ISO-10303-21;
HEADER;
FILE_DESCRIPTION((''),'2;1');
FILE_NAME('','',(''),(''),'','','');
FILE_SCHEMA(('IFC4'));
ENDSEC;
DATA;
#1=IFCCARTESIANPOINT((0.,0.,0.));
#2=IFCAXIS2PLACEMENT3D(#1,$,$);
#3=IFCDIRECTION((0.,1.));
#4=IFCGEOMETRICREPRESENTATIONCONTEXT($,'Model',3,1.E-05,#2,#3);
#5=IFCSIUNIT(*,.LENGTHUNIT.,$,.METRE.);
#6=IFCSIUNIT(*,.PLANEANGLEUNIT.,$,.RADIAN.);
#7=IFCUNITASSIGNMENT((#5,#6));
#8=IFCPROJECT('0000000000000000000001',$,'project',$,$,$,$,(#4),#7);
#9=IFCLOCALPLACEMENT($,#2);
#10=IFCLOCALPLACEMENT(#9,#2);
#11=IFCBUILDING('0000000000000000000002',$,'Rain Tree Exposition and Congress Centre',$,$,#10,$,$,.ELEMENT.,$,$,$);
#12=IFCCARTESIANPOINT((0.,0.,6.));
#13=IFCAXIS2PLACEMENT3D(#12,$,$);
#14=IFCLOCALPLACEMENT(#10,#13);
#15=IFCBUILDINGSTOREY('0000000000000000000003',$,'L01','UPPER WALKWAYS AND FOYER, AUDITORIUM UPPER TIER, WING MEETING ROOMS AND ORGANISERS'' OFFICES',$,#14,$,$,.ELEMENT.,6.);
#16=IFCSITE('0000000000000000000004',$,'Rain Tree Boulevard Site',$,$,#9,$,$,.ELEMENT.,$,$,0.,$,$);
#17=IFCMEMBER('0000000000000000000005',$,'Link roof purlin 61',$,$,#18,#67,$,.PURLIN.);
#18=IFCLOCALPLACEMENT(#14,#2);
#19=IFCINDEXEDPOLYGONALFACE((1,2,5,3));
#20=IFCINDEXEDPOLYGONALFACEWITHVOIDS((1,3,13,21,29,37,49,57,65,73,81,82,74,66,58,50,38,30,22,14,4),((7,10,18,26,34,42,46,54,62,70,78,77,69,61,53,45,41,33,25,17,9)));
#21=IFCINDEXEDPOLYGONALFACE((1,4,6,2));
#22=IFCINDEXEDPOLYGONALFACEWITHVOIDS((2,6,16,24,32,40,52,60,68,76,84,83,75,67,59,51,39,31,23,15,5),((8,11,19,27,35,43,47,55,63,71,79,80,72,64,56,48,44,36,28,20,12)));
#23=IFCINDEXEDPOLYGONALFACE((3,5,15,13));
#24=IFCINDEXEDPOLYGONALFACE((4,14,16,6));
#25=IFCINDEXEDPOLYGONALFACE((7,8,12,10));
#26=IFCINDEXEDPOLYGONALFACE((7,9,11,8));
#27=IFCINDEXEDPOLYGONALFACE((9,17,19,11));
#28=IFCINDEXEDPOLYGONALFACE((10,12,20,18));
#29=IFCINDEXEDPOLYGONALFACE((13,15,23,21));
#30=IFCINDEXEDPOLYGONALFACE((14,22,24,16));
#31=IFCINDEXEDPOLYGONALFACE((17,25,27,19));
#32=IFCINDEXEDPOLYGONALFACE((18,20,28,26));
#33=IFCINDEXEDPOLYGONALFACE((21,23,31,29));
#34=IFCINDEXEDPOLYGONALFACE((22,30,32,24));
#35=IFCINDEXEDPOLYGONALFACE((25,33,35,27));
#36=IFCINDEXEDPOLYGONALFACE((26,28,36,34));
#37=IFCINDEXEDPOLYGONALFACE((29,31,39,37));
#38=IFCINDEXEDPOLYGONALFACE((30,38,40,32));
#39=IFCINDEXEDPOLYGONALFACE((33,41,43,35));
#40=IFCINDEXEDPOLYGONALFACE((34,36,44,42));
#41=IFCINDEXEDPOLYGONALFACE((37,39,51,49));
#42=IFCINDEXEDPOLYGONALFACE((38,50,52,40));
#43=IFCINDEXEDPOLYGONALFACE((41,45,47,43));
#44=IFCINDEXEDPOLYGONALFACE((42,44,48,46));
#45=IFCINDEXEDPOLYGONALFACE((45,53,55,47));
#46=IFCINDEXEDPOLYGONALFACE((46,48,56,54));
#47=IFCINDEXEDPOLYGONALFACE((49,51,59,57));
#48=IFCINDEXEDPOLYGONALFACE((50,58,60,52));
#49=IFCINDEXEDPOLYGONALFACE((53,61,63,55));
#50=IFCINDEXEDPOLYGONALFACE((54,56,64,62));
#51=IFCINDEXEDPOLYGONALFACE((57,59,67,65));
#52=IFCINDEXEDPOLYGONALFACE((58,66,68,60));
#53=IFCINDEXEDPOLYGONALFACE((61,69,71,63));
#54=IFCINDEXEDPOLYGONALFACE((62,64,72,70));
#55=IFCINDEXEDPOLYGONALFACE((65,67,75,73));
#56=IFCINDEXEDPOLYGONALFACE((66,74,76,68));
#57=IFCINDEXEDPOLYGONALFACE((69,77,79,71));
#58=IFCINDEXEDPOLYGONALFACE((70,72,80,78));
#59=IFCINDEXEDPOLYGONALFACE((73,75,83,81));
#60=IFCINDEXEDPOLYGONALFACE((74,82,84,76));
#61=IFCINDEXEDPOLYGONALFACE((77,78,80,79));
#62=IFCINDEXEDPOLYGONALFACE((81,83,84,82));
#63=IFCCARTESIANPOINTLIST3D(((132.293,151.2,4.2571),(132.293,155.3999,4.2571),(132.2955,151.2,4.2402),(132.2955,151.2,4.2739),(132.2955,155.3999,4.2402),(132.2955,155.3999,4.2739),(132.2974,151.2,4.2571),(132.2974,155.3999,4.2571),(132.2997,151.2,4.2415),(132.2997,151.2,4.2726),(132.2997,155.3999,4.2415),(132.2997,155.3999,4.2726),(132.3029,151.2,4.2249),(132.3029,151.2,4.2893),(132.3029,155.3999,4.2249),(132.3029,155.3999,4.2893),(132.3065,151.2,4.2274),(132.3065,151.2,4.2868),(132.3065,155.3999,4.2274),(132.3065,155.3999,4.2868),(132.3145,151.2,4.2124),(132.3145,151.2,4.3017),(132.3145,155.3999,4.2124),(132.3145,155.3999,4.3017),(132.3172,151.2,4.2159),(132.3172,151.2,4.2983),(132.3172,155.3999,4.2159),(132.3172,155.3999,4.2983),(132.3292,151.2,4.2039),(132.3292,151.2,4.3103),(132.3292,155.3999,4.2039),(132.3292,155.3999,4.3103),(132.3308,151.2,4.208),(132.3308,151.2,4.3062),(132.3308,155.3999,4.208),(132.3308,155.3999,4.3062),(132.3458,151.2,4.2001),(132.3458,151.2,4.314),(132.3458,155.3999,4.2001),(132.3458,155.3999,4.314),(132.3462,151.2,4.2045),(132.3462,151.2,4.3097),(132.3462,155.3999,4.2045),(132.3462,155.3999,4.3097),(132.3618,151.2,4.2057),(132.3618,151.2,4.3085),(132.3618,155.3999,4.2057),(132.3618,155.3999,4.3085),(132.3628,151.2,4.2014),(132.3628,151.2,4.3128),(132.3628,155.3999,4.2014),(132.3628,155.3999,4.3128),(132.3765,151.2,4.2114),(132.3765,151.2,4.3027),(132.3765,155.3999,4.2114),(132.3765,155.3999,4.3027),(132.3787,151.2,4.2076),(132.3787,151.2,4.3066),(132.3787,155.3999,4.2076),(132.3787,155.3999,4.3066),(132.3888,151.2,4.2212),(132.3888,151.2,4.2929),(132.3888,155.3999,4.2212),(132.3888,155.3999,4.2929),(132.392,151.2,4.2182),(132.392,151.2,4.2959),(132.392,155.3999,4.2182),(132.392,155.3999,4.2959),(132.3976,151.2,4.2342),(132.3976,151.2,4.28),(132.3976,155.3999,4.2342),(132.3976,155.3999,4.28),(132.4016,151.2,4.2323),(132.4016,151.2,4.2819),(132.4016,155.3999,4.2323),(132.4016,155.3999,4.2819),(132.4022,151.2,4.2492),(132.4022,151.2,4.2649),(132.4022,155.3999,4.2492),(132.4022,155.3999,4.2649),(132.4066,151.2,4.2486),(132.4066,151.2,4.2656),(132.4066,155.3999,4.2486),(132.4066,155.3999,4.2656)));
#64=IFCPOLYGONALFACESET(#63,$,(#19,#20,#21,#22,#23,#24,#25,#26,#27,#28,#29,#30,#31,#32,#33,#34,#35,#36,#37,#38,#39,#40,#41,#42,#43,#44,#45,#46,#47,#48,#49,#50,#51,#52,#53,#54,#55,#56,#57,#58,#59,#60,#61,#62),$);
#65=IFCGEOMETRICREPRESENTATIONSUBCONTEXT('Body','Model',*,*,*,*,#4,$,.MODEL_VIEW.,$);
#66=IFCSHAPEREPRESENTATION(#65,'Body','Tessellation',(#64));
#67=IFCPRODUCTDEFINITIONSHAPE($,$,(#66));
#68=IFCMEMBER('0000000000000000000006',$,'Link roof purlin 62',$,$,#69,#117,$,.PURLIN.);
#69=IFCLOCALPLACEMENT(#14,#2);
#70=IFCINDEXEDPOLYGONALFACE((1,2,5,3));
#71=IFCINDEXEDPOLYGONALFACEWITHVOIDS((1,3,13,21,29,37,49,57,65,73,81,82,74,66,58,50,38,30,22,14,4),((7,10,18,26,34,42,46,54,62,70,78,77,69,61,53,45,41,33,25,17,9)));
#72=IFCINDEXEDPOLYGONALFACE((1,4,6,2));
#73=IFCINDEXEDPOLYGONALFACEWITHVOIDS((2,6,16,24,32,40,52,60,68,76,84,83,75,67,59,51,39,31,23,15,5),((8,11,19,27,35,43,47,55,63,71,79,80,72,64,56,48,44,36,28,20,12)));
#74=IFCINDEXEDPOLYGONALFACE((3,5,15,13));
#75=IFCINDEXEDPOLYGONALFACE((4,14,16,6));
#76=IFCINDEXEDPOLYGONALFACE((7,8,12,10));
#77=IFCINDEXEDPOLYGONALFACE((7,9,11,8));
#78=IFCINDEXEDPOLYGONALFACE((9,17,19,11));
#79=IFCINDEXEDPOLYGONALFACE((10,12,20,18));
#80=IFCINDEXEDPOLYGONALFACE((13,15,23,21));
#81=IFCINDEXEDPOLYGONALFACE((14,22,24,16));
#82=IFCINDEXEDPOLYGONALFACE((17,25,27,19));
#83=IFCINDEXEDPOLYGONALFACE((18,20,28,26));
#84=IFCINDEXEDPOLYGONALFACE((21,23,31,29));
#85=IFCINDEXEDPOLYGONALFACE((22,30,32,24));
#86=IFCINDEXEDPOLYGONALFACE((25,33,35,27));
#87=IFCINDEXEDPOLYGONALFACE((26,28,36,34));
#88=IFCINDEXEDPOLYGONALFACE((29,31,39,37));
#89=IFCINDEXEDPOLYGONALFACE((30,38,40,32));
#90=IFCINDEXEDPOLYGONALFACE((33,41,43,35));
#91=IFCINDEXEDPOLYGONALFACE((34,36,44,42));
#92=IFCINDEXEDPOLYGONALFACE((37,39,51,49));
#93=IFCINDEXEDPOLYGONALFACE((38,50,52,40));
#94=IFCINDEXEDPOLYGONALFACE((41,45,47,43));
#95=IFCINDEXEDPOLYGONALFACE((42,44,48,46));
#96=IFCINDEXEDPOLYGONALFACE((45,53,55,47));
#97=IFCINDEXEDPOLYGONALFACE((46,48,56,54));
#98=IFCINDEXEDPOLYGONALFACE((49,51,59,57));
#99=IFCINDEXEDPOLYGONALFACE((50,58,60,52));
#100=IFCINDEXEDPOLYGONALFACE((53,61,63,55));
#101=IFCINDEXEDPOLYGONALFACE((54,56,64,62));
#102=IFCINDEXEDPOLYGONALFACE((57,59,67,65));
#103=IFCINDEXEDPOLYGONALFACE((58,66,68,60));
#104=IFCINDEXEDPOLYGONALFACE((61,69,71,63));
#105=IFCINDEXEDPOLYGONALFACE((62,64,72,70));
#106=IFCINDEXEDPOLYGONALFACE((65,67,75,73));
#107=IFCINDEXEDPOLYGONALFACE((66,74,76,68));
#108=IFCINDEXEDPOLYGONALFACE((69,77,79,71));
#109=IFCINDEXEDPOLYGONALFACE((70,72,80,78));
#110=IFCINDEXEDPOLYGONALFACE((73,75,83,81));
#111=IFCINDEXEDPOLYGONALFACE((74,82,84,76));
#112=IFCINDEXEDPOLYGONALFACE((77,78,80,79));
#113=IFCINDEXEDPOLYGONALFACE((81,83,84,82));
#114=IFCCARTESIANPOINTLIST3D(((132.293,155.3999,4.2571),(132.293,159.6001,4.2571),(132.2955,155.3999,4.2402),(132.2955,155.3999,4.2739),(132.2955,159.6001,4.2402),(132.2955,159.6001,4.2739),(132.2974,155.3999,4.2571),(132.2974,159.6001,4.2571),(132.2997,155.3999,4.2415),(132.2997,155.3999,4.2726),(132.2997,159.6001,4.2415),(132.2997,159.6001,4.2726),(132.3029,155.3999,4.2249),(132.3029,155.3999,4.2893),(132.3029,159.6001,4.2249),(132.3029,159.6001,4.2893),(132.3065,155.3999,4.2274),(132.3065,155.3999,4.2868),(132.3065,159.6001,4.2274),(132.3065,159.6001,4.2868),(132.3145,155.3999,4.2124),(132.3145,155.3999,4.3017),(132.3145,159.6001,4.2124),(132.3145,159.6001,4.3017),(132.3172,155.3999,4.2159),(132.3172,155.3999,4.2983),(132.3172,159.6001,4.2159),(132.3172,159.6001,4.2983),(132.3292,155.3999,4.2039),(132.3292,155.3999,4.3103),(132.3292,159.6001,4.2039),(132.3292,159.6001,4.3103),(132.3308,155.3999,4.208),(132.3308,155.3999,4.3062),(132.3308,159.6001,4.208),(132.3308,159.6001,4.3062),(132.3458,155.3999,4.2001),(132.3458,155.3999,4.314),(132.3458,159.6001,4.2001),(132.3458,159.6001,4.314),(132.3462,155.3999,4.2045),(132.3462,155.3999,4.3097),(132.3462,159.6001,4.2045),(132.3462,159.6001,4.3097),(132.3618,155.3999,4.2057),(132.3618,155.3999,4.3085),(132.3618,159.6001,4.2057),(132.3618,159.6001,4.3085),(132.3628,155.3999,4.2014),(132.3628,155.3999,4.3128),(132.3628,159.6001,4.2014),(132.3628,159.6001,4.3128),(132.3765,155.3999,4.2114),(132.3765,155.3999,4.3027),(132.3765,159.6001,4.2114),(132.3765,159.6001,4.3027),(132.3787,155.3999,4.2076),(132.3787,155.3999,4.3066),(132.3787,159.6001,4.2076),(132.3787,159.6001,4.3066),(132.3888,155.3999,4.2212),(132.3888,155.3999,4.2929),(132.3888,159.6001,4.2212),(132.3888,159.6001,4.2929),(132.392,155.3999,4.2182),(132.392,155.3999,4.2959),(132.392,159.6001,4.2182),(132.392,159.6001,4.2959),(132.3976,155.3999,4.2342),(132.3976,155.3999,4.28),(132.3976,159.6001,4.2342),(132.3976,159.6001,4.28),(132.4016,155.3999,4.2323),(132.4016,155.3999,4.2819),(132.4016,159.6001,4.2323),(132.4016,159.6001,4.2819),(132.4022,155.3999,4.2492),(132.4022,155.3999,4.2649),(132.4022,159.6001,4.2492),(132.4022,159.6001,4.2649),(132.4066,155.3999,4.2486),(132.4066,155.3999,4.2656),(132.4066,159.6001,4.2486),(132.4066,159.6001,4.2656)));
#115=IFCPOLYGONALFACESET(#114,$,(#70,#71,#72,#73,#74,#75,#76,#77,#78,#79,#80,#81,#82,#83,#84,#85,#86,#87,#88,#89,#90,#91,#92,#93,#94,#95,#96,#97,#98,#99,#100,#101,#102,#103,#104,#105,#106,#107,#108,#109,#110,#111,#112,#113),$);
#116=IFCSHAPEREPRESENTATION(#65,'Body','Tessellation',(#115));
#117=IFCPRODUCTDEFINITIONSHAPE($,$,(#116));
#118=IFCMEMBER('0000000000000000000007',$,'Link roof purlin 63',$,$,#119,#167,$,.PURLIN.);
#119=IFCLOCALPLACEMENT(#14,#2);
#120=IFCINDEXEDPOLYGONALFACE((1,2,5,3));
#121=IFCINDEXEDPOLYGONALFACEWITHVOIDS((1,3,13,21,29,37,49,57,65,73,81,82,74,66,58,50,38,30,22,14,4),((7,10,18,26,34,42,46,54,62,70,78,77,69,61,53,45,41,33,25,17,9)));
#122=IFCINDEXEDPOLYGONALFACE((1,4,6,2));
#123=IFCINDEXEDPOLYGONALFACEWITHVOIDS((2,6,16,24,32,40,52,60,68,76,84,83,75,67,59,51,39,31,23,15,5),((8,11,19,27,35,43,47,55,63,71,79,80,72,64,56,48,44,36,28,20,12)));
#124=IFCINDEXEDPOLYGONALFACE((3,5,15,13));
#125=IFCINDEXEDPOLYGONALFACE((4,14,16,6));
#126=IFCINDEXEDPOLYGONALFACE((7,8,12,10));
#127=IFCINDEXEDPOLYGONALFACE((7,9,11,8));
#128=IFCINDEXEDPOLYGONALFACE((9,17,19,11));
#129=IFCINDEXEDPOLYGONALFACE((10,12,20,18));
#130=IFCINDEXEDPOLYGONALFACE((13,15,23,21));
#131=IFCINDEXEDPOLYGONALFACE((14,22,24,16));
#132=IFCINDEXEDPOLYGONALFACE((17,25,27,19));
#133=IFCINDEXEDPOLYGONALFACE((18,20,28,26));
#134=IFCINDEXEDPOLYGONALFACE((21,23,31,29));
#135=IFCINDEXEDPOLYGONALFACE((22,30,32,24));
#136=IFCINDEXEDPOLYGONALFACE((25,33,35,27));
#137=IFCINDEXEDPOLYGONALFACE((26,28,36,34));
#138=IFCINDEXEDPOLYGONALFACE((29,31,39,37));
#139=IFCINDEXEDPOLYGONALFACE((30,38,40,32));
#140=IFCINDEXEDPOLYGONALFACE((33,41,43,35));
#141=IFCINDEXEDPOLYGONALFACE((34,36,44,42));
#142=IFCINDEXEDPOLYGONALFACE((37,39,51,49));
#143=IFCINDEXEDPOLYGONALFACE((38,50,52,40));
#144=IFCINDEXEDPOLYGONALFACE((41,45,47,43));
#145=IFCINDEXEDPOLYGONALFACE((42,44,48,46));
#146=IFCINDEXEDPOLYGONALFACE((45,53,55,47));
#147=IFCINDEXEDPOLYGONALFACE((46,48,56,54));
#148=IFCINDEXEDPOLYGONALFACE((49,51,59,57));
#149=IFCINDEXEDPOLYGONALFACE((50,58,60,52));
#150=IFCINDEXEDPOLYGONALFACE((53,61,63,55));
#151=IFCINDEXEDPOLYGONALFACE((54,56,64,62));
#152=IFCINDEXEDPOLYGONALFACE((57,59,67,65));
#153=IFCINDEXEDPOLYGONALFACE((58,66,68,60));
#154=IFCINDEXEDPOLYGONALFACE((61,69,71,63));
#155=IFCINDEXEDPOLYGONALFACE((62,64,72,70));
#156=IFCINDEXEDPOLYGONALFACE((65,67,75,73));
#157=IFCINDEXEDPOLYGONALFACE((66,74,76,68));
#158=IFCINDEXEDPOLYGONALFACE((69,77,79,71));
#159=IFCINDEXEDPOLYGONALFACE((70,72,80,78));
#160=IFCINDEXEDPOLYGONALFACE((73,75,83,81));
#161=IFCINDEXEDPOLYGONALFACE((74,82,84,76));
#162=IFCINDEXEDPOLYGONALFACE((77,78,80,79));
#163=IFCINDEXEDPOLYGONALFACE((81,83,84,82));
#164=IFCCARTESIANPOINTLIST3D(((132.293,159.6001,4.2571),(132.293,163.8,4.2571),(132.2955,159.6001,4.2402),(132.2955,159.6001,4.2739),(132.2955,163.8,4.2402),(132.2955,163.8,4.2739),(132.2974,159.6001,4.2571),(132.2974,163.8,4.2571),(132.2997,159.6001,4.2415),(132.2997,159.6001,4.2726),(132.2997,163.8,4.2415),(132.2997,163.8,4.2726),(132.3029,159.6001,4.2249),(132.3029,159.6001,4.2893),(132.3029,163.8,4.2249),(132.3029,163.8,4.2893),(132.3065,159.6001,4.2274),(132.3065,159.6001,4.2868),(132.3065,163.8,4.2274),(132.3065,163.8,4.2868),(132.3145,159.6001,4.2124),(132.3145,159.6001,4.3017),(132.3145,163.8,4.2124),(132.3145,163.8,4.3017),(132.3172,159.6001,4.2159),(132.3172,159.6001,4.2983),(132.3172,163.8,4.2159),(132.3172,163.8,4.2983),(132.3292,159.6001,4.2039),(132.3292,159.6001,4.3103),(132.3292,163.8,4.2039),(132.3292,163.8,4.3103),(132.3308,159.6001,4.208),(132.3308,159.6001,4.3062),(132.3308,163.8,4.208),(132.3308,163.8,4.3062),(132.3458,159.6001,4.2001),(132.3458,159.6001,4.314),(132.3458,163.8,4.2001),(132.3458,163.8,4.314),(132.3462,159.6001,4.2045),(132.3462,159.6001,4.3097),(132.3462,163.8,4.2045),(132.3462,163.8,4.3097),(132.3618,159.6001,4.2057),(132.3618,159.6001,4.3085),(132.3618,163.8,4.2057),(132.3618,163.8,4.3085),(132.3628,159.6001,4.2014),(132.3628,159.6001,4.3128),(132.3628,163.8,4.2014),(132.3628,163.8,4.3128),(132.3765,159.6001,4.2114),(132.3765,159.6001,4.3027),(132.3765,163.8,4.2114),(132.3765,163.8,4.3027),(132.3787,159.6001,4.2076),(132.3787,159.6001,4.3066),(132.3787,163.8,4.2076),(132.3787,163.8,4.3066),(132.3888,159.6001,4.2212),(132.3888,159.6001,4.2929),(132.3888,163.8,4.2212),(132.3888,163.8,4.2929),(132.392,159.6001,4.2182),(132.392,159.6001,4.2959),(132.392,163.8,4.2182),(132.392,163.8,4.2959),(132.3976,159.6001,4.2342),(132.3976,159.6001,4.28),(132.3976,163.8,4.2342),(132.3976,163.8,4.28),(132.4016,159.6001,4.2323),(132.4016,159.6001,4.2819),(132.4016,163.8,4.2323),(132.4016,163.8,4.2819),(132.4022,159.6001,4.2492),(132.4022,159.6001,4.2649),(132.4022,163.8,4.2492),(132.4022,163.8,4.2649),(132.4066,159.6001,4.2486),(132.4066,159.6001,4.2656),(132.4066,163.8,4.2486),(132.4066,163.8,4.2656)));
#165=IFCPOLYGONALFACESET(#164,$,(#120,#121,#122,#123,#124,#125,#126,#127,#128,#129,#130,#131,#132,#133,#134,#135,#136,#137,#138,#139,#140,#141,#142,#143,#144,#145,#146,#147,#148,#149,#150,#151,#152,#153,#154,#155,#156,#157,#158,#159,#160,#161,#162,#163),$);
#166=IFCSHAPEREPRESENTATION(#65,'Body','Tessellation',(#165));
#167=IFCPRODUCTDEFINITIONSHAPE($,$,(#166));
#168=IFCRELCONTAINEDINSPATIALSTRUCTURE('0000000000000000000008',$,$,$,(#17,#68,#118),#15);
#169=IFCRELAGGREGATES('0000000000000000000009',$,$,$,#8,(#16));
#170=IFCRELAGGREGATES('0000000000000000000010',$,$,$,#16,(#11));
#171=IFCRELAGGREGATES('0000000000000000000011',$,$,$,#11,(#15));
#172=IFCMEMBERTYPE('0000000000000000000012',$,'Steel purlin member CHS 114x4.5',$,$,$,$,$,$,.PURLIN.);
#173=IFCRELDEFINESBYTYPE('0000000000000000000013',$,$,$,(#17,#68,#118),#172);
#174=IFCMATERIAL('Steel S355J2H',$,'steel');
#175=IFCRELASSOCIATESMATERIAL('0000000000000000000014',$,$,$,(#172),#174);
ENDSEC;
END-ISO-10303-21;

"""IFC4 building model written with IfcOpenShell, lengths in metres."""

from ifc_helpers import new_model, si_unit, direction, frame, origin, origin_2d, place, context, subcontext, project, spatial, hollow_circle, extrude, material, material_profile, profile_set, type_object, element, save


model = new_model("IFC4")

# Units and contexts
model_context = context("Model", 3, precision=1e-05, world=origin(), true_north=direction((0.0, 1.0)))
body_context = subcontext(model_context, "Body", "Model", "MODEL_VIEW")
ifc_project = project(units=[si_unit("LENGTHUNIT", "METRE"), si_unit("PLANEANGLEUNIT", "RADIAN")], contexts=[model_context])

# Site, building, storey
site_placement = place(None, origin())
site = spatial("IfcSite", under=ifc_project, at=site_placement, Name="Rain Tree Boulevard Site", CompositionType="ELEMENT", RefElevation=0.0)
building_placement = place(site_placement, origin())
building = spatial("IfcBuilding", under=site, at=building_placement, Name="Rain Tree Exposition and Congress Centre", CompositionType="ELEMENT")
storey_placement = place(building_placement, frame((0.0, 0.0, 6.0)))
storey = spatial("IfcBuildingStorey", under=building, at=storey_placement, Name="L01", Description="UPPER WALKWAYS AND FOYER, AUDITORIUM UPPER TIER, WING MEETING ROOMS AND ORGANISERS' OFFICES", CompositionType="ELEMENT", Elevation=6.0)

# Members
ifc_material_1 = material(Name="Steel S355J2H", Category="steel")
ifc_material_profile_1 = material_profile(ifc_material_1, hollow_circle(Radius=0.0571, WallThickness=0.0044, at=origin_2d()), Name="CHS 114x4.5")
ifc_profile_set_1 = profile_set([ifc_material_profile_1], Name="Steel S355J2H")
member_type = type_object("IfcMemberType", Name="Steel purlin member CHS 114x4.5", PredefinedType="PURLIN", material=ifc_profile_set_1)
for number, where, z_axis, x_axis, name in (
    (1, (132.3501, 151.2, 4.2571), (0.0, 1.0, 0.0), (-1.0, 0.0, 0.0), "Link roof purlin 61"),
):
    element("IfcMember", number, at=place(storey_placement, frame(where, z_axis=z_axis, x_axis=x_axis)), inside=storey, type_object=member_type, Name=name, PredefinedType="PURLIN", context=body_context, shape_type="SweptSolid", body=[
        extrude(hollow_circle(Radius=0.0571, WallThickness=0.0044, at=origin_2d()), origin(), (0.0, 0.0, 1.0), 4.2),
    ])
member_1_placement = place(storey_placement, frame((132.3501, 155.3999, 4.2571), z_axis=(0.0, 1.0, 0.0), x_axis=(-1.0, 0.0, 0.0)))
element("IfcMember", 2, at=member_1_placement, inside=storey, type_object=member_type, Name="Link roof purlin 62", PredefinedType="PURLIN", context=body_context, shape_type="SweptSolid", body=[
    extrude(hollow_circle(Radius=0.0571, WallThickness=0.0044, at=origin_2d()), origin(), (0.0, 0.0, 1.0), 4.2002),
])
for number, where, z_axis, x_axis, name in (
    (3, (132.3501, 159.6001, 4.2571), (0.0, 1.0, 0.0), (-1.0, 0.0, 0.0), "Link roof purlin 63"),
):
    element("IfcMember", number, at=place(storey_placement, frame(where, z_axis=z_axis, x_axis=x_axis)), inside=storey, type_object=member_type, Name=name, PredefinedType="PURLIN", context=body_context, shape_type="SweptSolid", body=[
        extrude(hollow_circle(Radius=0.0571, WallThickness=0.0044, at=origin_2d()), origin(), (0.0, 0.0, 1.0), 4.2),
    ])

save(model, "model.ifc")
